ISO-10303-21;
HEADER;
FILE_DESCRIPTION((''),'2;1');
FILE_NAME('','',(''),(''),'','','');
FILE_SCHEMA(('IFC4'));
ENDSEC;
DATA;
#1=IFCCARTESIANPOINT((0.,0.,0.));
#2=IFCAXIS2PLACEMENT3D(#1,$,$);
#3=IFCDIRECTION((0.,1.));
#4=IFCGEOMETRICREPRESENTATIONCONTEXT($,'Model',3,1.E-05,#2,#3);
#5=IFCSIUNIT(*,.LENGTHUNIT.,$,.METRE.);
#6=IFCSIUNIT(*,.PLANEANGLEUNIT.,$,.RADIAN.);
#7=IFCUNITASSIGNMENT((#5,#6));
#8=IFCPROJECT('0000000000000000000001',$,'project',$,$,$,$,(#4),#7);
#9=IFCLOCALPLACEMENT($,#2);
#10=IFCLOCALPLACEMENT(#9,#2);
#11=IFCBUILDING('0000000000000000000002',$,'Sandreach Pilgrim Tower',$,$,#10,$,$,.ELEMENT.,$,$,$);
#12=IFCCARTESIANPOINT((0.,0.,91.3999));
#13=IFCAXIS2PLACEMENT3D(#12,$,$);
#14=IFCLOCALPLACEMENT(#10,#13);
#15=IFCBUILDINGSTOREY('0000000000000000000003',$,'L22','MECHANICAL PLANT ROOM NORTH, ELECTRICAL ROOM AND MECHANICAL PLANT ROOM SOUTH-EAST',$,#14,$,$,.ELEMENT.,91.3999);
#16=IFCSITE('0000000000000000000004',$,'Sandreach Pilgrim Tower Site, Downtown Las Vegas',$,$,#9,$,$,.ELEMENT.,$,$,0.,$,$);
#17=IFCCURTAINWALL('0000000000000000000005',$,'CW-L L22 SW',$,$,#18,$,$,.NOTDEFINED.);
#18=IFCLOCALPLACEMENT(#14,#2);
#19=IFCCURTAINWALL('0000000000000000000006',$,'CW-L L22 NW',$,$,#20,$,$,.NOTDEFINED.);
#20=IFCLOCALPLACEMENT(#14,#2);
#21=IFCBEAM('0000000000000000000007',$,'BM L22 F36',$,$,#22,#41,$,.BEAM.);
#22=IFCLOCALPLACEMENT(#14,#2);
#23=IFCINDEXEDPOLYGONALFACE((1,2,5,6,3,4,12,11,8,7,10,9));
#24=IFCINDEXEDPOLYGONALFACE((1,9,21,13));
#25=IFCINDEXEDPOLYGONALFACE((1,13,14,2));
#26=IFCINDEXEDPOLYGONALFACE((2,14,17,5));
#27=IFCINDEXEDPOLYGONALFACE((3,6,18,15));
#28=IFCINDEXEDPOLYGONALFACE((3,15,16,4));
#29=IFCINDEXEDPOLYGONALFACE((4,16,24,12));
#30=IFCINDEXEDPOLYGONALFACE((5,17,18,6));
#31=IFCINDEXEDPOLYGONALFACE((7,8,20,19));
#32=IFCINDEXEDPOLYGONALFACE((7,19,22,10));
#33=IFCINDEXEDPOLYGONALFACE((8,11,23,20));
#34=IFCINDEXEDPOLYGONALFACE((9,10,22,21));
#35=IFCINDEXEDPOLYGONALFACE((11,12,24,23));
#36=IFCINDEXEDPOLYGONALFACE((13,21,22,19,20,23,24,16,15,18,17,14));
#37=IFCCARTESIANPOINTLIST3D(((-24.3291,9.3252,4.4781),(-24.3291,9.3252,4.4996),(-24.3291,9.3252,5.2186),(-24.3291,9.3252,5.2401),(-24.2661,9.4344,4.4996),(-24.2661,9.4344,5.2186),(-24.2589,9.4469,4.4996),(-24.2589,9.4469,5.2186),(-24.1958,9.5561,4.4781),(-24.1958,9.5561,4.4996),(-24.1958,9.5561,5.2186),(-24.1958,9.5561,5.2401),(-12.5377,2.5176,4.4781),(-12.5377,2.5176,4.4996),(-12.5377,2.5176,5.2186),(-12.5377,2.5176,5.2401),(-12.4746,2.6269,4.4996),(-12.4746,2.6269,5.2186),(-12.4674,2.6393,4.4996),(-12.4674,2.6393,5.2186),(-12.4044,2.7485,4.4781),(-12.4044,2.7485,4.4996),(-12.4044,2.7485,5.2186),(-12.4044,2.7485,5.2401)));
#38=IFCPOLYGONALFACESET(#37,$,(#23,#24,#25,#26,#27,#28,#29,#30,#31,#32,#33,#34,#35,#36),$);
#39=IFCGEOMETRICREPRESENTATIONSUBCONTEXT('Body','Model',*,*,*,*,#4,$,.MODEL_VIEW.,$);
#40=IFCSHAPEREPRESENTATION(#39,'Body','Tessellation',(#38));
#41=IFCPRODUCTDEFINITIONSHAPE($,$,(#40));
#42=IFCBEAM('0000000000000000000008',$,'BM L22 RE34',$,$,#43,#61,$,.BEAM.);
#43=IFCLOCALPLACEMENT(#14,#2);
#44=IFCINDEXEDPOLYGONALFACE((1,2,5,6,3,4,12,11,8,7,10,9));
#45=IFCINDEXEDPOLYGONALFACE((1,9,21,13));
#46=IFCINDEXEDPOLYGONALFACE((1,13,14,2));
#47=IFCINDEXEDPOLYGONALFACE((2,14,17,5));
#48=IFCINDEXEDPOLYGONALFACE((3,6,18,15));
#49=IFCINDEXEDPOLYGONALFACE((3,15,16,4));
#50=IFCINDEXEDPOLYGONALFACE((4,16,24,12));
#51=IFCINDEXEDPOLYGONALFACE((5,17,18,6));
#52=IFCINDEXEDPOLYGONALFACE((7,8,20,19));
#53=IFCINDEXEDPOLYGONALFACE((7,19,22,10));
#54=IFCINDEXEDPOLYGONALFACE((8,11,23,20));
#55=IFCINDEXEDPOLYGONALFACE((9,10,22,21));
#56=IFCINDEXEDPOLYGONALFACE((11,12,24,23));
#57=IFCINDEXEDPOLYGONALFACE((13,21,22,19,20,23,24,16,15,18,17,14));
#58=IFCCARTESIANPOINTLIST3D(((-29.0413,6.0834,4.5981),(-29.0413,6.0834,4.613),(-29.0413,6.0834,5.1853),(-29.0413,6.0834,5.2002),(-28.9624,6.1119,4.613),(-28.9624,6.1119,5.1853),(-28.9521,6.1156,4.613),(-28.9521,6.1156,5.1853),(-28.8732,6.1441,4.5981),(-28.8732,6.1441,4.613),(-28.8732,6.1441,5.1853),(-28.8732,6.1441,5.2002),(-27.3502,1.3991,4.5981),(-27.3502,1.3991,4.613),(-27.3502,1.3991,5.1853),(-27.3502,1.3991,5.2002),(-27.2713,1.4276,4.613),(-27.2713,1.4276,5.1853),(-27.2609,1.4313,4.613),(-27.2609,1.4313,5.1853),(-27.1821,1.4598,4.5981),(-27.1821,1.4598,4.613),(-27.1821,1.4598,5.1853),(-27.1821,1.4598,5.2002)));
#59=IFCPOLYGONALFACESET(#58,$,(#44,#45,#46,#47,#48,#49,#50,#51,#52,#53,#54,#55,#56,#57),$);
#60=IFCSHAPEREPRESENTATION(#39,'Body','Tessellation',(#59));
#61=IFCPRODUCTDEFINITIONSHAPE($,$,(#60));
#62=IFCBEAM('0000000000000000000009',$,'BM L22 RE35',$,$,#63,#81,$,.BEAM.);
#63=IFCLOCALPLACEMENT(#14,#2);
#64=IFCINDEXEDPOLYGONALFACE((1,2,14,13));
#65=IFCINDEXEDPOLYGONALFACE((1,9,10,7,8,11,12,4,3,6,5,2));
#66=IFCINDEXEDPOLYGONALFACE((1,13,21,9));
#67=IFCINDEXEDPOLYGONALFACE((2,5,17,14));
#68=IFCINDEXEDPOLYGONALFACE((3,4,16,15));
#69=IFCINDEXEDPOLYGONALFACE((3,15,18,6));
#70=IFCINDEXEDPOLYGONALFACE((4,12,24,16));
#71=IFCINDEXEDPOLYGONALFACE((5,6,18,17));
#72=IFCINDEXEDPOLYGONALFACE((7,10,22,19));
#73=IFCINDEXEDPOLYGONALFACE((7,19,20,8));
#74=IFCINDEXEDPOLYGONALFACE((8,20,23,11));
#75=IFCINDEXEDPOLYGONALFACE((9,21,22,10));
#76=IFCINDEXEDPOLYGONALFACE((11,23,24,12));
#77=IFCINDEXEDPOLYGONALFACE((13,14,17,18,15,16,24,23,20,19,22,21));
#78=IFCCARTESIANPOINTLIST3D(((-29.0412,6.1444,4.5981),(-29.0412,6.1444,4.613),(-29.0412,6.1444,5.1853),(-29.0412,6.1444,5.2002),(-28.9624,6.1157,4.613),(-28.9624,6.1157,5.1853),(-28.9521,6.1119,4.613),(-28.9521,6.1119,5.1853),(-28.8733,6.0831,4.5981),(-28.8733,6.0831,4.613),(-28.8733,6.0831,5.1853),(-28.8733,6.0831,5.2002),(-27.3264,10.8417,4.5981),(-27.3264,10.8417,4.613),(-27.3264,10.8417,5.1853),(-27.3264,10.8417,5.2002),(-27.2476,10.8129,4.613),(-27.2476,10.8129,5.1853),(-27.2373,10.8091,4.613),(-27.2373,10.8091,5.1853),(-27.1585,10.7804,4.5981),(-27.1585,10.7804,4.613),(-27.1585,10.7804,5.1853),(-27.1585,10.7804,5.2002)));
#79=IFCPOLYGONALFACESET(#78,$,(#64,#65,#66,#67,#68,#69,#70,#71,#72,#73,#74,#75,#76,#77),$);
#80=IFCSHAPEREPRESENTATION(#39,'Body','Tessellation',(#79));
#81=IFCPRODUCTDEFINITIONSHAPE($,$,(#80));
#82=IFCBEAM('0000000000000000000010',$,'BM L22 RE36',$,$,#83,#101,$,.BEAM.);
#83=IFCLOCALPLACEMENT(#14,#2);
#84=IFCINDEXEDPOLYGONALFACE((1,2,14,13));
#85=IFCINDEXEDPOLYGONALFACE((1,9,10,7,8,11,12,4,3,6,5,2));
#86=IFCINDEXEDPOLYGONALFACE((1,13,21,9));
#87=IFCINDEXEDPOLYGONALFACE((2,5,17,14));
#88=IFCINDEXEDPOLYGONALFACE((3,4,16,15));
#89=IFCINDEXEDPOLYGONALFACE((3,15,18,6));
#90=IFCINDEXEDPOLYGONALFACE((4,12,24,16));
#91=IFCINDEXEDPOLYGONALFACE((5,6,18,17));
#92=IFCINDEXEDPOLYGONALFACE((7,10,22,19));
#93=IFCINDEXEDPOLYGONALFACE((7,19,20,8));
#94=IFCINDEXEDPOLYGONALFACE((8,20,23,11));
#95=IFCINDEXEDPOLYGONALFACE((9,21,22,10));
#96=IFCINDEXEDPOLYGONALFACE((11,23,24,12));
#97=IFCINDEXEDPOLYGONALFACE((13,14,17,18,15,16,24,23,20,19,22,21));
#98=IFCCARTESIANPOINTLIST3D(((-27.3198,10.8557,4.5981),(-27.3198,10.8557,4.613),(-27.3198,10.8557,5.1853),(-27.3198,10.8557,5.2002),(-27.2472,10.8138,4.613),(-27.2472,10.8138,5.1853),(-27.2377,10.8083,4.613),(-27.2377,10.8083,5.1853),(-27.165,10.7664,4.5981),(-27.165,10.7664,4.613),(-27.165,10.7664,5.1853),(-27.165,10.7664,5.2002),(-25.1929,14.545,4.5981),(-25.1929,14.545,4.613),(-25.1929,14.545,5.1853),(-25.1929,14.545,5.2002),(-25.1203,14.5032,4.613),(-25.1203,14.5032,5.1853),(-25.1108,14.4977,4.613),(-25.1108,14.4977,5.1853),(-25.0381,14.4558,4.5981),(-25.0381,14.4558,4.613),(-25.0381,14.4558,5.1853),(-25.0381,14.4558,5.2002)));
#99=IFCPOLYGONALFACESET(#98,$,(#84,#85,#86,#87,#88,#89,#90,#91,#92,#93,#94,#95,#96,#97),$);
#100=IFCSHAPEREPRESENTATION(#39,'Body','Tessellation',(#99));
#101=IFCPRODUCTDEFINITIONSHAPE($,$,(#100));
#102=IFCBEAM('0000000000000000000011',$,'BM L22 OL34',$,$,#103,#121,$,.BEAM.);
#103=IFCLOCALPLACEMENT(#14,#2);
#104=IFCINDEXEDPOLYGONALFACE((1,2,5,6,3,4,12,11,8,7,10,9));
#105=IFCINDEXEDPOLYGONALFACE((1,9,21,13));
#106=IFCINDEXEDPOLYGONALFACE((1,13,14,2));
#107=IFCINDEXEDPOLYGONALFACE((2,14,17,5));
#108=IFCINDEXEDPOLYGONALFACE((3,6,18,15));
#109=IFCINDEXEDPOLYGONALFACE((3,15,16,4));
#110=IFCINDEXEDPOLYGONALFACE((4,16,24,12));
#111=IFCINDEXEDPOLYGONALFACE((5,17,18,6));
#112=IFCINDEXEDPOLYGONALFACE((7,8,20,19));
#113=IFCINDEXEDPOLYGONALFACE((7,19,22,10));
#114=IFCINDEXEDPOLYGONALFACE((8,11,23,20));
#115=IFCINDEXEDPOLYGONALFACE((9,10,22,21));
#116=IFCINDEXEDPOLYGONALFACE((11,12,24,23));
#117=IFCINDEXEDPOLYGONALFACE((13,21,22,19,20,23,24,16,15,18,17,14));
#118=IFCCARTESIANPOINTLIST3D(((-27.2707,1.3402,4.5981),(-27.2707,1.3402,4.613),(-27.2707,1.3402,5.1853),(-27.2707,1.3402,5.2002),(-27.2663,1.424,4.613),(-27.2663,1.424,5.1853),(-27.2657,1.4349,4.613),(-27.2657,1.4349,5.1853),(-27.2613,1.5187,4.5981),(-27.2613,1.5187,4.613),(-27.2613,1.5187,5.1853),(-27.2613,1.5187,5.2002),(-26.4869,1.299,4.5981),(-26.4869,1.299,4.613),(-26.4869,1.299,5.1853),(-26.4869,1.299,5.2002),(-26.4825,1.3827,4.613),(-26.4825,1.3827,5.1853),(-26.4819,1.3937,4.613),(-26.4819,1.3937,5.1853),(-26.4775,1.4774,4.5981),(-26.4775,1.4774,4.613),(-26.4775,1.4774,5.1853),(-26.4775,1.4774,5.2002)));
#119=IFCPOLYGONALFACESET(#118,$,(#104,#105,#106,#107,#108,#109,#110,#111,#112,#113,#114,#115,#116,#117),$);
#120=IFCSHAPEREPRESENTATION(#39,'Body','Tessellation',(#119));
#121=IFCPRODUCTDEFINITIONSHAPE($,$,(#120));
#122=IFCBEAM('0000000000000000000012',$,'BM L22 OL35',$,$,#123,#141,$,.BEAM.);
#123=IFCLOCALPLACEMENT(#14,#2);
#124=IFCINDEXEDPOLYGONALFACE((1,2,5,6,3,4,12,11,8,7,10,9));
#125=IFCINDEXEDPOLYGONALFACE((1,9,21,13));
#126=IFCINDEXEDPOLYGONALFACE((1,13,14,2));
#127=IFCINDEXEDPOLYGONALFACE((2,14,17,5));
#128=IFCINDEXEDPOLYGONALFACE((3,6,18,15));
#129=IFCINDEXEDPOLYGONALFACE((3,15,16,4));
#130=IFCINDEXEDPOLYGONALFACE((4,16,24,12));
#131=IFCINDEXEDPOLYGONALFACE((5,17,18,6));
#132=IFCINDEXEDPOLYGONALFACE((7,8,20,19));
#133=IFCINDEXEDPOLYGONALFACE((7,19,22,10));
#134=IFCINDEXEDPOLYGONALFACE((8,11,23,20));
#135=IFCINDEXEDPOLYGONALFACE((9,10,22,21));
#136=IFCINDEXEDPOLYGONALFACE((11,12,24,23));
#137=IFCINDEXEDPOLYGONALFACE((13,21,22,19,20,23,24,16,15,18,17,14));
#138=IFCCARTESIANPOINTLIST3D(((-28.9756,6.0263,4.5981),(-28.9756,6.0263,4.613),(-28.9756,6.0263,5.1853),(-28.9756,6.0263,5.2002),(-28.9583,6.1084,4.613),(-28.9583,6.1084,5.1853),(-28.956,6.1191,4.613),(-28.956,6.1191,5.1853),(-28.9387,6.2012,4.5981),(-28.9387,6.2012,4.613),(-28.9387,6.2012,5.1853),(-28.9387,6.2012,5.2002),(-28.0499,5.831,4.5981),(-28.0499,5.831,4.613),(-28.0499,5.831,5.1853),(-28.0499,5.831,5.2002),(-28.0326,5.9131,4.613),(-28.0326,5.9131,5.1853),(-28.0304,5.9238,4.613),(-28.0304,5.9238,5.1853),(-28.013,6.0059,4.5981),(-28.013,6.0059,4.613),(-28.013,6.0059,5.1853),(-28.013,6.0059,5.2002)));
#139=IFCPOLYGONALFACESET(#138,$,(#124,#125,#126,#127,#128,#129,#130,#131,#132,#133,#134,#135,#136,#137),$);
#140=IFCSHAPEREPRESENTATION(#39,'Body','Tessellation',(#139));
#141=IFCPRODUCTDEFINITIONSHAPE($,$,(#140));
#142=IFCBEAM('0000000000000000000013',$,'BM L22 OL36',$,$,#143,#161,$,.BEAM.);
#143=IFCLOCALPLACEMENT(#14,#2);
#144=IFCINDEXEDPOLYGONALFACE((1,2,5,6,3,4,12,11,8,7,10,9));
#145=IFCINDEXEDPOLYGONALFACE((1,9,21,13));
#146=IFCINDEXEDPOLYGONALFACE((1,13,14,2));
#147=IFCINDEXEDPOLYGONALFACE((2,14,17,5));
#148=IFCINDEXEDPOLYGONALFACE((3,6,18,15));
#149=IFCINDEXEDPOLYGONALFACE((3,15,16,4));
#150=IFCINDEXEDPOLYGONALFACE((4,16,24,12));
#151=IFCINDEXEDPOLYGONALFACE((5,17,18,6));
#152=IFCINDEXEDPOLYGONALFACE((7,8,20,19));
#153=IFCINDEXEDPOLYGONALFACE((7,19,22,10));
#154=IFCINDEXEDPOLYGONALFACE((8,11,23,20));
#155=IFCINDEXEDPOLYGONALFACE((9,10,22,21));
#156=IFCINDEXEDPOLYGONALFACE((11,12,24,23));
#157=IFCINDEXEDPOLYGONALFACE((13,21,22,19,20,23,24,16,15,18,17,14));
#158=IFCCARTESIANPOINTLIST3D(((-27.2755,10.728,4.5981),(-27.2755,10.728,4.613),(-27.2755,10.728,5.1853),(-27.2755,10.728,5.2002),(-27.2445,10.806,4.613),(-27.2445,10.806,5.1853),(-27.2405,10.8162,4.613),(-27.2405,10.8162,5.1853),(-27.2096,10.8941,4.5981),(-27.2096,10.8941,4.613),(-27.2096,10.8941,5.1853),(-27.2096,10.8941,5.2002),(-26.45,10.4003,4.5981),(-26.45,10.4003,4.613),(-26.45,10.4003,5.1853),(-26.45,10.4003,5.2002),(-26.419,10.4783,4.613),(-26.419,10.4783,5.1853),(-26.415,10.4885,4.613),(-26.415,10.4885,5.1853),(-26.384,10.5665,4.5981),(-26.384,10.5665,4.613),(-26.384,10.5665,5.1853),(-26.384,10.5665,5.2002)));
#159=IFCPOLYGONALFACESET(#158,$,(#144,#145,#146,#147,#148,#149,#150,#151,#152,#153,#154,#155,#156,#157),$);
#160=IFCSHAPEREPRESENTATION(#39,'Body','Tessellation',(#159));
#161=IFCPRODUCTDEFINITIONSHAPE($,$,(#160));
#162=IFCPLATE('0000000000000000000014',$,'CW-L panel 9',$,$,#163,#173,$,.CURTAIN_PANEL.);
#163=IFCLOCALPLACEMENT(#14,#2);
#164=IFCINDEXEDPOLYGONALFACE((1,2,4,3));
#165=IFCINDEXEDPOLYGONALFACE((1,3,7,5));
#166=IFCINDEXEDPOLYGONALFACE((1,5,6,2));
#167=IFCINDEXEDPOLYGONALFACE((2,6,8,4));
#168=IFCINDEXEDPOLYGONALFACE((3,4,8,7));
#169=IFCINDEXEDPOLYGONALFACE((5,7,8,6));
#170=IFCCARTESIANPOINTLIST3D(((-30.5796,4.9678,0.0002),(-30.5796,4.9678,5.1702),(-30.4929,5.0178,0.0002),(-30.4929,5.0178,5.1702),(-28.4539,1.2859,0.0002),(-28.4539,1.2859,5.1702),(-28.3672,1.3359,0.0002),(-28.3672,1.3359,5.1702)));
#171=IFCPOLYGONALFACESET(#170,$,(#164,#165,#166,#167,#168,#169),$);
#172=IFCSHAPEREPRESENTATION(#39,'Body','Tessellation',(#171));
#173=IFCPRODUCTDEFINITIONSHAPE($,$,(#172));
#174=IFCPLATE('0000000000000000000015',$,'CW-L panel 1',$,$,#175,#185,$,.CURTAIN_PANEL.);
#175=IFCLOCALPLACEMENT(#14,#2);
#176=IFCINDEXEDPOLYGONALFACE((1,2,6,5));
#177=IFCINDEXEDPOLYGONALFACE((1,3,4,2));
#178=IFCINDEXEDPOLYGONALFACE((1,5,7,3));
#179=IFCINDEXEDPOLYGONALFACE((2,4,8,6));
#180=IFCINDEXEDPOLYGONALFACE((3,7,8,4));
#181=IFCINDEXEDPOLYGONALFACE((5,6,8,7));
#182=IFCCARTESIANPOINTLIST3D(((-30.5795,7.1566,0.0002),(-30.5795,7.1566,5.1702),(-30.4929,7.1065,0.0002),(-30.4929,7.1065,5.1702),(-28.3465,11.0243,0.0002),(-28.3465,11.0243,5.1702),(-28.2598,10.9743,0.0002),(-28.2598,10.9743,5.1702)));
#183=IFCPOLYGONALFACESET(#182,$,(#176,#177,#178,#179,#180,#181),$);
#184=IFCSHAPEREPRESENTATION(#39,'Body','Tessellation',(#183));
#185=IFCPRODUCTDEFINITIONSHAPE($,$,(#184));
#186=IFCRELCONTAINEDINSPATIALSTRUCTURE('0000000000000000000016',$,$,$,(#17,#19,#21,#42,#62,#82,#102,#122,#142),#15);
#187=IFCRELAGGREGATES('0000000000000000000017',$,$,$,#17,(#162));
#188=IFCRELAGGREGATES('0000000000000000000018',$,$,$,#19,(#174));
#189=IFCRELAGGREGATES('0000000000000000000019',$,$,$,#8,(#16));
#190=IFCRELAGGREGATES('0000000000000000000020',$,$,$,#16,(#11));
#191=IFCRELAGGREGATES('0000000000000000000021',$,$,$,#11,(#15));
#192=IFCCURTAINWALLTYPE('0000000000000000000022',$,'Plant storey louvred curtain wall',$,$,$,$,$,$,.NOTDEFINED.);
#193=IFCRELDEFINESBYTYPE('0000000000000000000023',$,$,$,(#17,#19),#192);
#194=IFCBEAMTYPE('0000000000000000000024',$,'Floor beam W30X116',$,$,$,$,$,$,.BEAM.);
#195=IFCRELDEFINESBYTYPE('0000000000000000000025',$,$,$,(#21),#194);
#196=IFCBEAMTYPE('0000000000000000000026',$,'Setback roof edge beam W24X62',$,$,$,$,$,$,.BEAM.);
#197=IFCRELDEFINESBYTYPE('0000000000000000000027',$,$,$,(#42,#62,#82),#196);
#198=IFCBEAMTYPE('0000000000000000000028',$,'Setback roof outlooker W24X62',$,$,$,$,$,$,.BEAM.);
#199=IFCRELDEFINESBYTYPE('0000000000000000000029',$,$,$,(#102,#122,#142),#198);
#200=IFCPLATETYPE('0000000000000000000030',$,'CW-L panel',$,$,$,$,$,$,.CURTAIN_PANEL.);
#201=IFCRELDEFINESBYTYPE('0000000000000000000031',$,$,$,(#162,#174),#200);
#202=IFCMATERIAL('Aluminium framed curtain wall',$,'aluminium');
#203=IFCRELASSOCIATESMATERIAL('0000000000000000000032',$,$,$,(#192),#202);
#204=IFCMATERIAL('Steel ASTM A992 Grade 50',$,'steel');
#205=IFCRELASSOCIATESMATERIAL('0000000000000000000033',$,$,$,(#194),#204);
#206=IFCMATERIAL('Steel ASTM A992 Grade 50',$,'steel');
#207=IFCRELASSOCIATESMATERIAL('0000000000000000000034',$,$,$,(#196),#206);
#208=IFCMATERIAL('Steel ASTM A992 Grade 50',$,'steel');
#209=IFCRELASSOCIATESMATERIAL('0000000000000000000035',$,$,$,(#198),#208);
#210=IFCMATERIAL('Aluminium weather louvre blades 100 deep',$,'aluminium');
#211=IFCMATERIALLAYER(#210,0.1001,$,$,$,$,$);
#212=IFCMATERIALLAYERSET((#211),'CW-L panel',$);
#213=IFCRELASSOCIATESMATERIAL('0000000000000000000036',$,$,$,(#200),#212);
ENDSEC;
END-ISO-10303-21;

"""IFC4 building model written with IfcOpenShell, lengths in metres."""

from ifc_helpers import new_model, si_unit, direction, frame, origin, origin_2d, place, context, subcontext, project, spatial, rectangle, i_section, extrude, material, layer, layer_set, material_profile, profile_set, type_object, element, aggregate, save


model = new_model("IFC4")

# Units and contexts
model_context = context("Model", 3, precision=1e-05, world=origin(), true_north=direction((0.0, 1.0)))
body_context = subcontext(model_context, "Body", "Model", "MODEL_VIEW")
ifc_project = project(units=[si_unit("LENGTHUNIT", "METRE"), si_unit("PLANEANGLEUNIT", "RADIAN")], contexts=[model_context])

# Site, building, storey
site_placement = place(None, origin())
site = spatial("IfcSite", under=ifc_project, at=site_placement, Name="Sandreach Pilgrim Tower Site, Downtown Las Vegas", CompositionType="ELEMENT", RefElevation=0.0)
building_placement = place(site_placement, origin())
building = spatial("IfcBuilding", under=site, at=building_placement, Name="Sandreach Pilgrim Tower", CompositionType="ELEMENT")
storey_placement = place(building_placement, frame((0.0, 0.0, 91.3999)))
storey = spatial("IfcBuildingStorey", under=building, at=storey_placement, Name="L22", Description="MECHANICAL PLANT ROOM NORTH, ELECTRICAL ROOM AND MECHANICAL PLANT ROOM SOUTH-EAST", CompositionType="ELEMENT", Elevation=91.3999)

# Curtain walls
ifc_material_1 = material(Name="Aluminium framed curtain wall", Category="aluminium")
curtain_wall_type = type_object("IfcCurtainWallType", Name="Plant storey louvred curtain wall", PredefinedType="NOTDEFINED", material=ifc_material_1)
curtain_wall_1_placement = place(storey_placement, origin())
curtain_wall_1 = element("IfcCurtainWall", 1, at=curtain_wall_1_placement, inside=storey, type_object=curtain_wall_type, Name="CW-L L22 SW", PredefinedType="NOTDEFINED")
curtain_wall_2_placement = place(storey_placement, origin())
curtain_wall_2 = element("IfcCurtainWall", 2, at=curtain_wall_2_placement, inside=storey, type_object=curtain_wall_type, Name="CW-L L22 NW", PredefinedType="NOTDEFINED")

# Beams
ifc_material_2 = material(Name="Steel ASTM A992 Grade 50", Category="steel")
ifc_material_profile_1 = material_profile(ifc_material_2, i_section(OverallWidth=0.2666, OverallDepth=0.762, WebThickness=0.0144, FlangeThickness=0.0215, at=origin_2d()), Name="W30X116")
ifc_profile_set_1 = profile_set([ifc_material_profile_1], Name="Steel ASTM A992 Grade 50")
beam_type_1 = type_object("IfcBeamType", Name="Floor beam W30X116", PredefinedType="BEAM", material=ifc_profile_set_1)
beam_1_placement = place(storey_placement, frame((-24.2625, 9.4407, 4.8591), z_axis=(0.866032, -0.499988, 0.0), x_axis=(0.499988, 0.866032, 0.0)))
element("IfcBeam", 3, at=beam_1_placement, inside=storey, type_object=beam_type_1, Name="BM L22 F36", PredefinedType="BEAM", context=body_context, shape_type="SweptSolid", body=[
    extrude(i_section(OverallWidth=0.2666, OverallDepth=0.762, WebThickness=0.0144, FlangeThickness=0.0215, at=origin_2d()), origin(), (0.0, 0.0, 1.0), 13.6155),
])
ifc_material_3 = material(Name="Steel ASTM A992 Grade 50", Category="steel")
ifc_material_profile_2 = material_profile(ifc_material_3, i_section(OverallWidth=0.1787, OverallDepth=0.6021, WebThickness=0.011, FlangeThickness=0.0149, at=origin_2d()), Name="W24X62")
ifc_profile_set_2 = profile_set([ifc_material_profile_2], Name="Steel ASTM A992 Grade 50")
beam_type_2 = type_object("IfcBeamType", Name="Setback roof edge beam W24X62", PredefinedType="BEAM", material=ifc_profile_set_2)
beam_2_placement = place(storey_placement, frame((-27.2661, 1.4294, 4.8992), z_axis=(-0.339573, 0.94058, 0.0), x_axis=(-0.94058, -0.339573, 0.0)))
element("IfcBeam", 4, at=beam_2_placement, inside=storey, type_object=beam_type_2, Name="BM L22 RE34", PredefinedType="BEAM", context=body_context, shape_type="SweptSolid", body=[
    extrude(i_section(OverallWidth=0.1787, OverallDepth=0.6021, WebThickness=0.011, FlangeThickness=0.0149, at=origin_2d()), origin(), (0.0, 0.0, 1.0), 4.9802),
])
beam_3_placement = place(storey_placement, frame((-28.9573, 6.1138, 4.8992), z_axis=(0.342935, 0.939359, 0.0), x_axis=(-0.939359, 0.342935, 0.0)))
element("IfcBeam", 5, at=beam_3_placement, inside=storey, type_object=beam_type_2, Name="BM L22 RE35", PredefinedType="BEAM", context=body_context, shape_type="SweptSolid", body=[
    extrude(i_section(OverallWidth=0.1787, OverallDepth=0.6021, WebThickness=0.011, FlangeThickness=0.0149, at=origin_2d()), origin(), (0.0, 0.0, 1.0), 5.0005),
])
beam_4_placement = place(storey_placement, frame((-27.2424, 10.811, 4.8992), z_axis=(0.499445, 0.866346, 0.0), x_axis=(-0.866346, 0.499445, 0.0)))
element("IfcBeam", 6, at=beam_4_placement, inside=storey, type_object=beam_type_2, Name="BM L22 RE36", PredefinedType="BEAM", context=body_context, shape_type="SweptSolid", body=[
    extrude(i_section(OverallWidth=0.1787, OverallDepth=0.6021, WebThickness=0.011, FlangeThickness=0.0149, at=origin_2d()), origin(), (0.0, 0.0, 1.0), 4.2585),
])
ifc_material_4 = material(Name="Steel ASTM A992 Grade 50", Category="steel")
ifc_material_profile_3 = material_profile(ifc_material_4, i_section(OverallWidth=0.1787, OverallDepth=0.6021, WebThickness=0.011, FlangeThickness=0.0149, at=origin_2d()), Name="W24X62")
ifc_profile_set_3 = profile_set([ifc_material_profile_3], Name="Steel ASTM A992 Grade 50")
beam_type_3 = type_object("IfcBeamType", Name="Setback roof outlooker W24X62", PredefinedType="BEAM", material=ifc_profile_set_3)
beam_5_placement = place(storey_placement, frame((-26.4822, 1.3882, 4.8992), z_axis=(-0.998618, 0.052559, 0.0), x_axis=(-0.052559, -0.998618, 0.0)))
element("IfcBeam", 7, at=beam_5_placement, inside=storey, type_object=beam_type_3, Name="BM L22 OL34", PredefinedType="BEAM", context=body_context, shape_type="SweptSolid", body=[
    extrude(i_section(OverallWidth=0.1787, OverallDepth=0.6021, WebThickness=0.011, FlangeThickness=0.0149, at=origin_2d()), origin(), (0.0, 0.0, 1.0), 0.7849),
])
beam_6_placement = place(storey_placement, frame((-28.0315, 5.9185, 4.8992), z_axis=(-0.978462, 0.206427, 0.0), x_axis=(-0.206427, -0.978462, 0.0)))
element("IfcBeam", 8, at=beam_6_placement, inside=storey, type_object=beam_type_3, Name="BM L22 OL35", PredefinedType="BEAM", context=body_context, shape_type="SweptSolid", body=[
    extrude(i_section(OverallWidth=0.1787, OverallDepth=0.6021, WebThickness=0.011, FlangeThickness=0.0149, at=origin_2d()), origin(), (0.0, 0.0, 1.0), 0.946),
])
beam_7_placement = place(storey_placement, frame((-26.417, 10.4834, 4.8992), z_axis=(-0.929459, 0.368925, 0.0), x_axis=(-0.368925, -0.929459, 0.0)))
element("IfcBeam", 9, at=beam_7_placement, inside=storey, type_object=beam_type_3, Name="BM L22 OL36", PredefinedType="BEAM", context=body_context, shape_type="SweptSolid", body=[
    extrude(i_section(OverallWidth=0.1787, OverallDepth=0.6021, WebThickness=0.011, FlangeThickness=0.0149, at=origin_2d()), origin(), (0.0, 0.0, 1.0), 0.8882),
])

# Plates
ifc_material_5 = material(Name="Aluminium weather louvre blades 100 deep", Category="aluminium")
ifc_layer_1 = layer(ifc_material_5, 0.1001)
ifc_layer_set_1 = layer_set([ifc_layer_1], Name="CW-L panel")
plate_type = type_object("IfcPlateType", Name="CW-L panel", PredefinedType="CURTAIN_PANEL", material=ifc_layer_set_1)
plate_1_placement = place(storey_placement, frame((-29.4734, 3.1519, 0.0002), z_axis=(0.0, 0.0, 1.0), x_axis=(-0.5, 0.866025, 0.0)))
plate_1 = element("IfcPlate", 10, at=plate_1_placement, type_object=plate_type, Name="CW-L panel 9", PredefinedType="CURTAIN_PANEL", context=body_context, shape_type="SweptSolid", body=[
    extrude(rectangle(XDim=4.2515, YDim=0.1001, at=origin_2d()), origin(), (0.0, 0.0, 1.0), 5.1699),
])
aggregate(curtain_wall_1, [plate_1])
plate_2_placement = place(storey_placement, frame((-29.4197, 9.0654, 0.0002), z_axis=(0.0, 0.0, 1.0), x_axis=(0.5, 0.866025, 0.0)))
plate_2 = element("IfcPlate", 11, at=plate_2_placement, type_object=plate_type, Name="CW-L panel 1", PredefinedType="CURTAIN_PANEL", context=body_context, shape_type="SweptSolid", body=[
    extrude(rectangle(XDim=4.4661, YDim=0.1001, at=origin_2d()), origin(), (0.0, 0.0, 1.0), 5.1699),
])
aggregate(curtain_wall_2, [plate_2])

save(model, "model.ifc")
